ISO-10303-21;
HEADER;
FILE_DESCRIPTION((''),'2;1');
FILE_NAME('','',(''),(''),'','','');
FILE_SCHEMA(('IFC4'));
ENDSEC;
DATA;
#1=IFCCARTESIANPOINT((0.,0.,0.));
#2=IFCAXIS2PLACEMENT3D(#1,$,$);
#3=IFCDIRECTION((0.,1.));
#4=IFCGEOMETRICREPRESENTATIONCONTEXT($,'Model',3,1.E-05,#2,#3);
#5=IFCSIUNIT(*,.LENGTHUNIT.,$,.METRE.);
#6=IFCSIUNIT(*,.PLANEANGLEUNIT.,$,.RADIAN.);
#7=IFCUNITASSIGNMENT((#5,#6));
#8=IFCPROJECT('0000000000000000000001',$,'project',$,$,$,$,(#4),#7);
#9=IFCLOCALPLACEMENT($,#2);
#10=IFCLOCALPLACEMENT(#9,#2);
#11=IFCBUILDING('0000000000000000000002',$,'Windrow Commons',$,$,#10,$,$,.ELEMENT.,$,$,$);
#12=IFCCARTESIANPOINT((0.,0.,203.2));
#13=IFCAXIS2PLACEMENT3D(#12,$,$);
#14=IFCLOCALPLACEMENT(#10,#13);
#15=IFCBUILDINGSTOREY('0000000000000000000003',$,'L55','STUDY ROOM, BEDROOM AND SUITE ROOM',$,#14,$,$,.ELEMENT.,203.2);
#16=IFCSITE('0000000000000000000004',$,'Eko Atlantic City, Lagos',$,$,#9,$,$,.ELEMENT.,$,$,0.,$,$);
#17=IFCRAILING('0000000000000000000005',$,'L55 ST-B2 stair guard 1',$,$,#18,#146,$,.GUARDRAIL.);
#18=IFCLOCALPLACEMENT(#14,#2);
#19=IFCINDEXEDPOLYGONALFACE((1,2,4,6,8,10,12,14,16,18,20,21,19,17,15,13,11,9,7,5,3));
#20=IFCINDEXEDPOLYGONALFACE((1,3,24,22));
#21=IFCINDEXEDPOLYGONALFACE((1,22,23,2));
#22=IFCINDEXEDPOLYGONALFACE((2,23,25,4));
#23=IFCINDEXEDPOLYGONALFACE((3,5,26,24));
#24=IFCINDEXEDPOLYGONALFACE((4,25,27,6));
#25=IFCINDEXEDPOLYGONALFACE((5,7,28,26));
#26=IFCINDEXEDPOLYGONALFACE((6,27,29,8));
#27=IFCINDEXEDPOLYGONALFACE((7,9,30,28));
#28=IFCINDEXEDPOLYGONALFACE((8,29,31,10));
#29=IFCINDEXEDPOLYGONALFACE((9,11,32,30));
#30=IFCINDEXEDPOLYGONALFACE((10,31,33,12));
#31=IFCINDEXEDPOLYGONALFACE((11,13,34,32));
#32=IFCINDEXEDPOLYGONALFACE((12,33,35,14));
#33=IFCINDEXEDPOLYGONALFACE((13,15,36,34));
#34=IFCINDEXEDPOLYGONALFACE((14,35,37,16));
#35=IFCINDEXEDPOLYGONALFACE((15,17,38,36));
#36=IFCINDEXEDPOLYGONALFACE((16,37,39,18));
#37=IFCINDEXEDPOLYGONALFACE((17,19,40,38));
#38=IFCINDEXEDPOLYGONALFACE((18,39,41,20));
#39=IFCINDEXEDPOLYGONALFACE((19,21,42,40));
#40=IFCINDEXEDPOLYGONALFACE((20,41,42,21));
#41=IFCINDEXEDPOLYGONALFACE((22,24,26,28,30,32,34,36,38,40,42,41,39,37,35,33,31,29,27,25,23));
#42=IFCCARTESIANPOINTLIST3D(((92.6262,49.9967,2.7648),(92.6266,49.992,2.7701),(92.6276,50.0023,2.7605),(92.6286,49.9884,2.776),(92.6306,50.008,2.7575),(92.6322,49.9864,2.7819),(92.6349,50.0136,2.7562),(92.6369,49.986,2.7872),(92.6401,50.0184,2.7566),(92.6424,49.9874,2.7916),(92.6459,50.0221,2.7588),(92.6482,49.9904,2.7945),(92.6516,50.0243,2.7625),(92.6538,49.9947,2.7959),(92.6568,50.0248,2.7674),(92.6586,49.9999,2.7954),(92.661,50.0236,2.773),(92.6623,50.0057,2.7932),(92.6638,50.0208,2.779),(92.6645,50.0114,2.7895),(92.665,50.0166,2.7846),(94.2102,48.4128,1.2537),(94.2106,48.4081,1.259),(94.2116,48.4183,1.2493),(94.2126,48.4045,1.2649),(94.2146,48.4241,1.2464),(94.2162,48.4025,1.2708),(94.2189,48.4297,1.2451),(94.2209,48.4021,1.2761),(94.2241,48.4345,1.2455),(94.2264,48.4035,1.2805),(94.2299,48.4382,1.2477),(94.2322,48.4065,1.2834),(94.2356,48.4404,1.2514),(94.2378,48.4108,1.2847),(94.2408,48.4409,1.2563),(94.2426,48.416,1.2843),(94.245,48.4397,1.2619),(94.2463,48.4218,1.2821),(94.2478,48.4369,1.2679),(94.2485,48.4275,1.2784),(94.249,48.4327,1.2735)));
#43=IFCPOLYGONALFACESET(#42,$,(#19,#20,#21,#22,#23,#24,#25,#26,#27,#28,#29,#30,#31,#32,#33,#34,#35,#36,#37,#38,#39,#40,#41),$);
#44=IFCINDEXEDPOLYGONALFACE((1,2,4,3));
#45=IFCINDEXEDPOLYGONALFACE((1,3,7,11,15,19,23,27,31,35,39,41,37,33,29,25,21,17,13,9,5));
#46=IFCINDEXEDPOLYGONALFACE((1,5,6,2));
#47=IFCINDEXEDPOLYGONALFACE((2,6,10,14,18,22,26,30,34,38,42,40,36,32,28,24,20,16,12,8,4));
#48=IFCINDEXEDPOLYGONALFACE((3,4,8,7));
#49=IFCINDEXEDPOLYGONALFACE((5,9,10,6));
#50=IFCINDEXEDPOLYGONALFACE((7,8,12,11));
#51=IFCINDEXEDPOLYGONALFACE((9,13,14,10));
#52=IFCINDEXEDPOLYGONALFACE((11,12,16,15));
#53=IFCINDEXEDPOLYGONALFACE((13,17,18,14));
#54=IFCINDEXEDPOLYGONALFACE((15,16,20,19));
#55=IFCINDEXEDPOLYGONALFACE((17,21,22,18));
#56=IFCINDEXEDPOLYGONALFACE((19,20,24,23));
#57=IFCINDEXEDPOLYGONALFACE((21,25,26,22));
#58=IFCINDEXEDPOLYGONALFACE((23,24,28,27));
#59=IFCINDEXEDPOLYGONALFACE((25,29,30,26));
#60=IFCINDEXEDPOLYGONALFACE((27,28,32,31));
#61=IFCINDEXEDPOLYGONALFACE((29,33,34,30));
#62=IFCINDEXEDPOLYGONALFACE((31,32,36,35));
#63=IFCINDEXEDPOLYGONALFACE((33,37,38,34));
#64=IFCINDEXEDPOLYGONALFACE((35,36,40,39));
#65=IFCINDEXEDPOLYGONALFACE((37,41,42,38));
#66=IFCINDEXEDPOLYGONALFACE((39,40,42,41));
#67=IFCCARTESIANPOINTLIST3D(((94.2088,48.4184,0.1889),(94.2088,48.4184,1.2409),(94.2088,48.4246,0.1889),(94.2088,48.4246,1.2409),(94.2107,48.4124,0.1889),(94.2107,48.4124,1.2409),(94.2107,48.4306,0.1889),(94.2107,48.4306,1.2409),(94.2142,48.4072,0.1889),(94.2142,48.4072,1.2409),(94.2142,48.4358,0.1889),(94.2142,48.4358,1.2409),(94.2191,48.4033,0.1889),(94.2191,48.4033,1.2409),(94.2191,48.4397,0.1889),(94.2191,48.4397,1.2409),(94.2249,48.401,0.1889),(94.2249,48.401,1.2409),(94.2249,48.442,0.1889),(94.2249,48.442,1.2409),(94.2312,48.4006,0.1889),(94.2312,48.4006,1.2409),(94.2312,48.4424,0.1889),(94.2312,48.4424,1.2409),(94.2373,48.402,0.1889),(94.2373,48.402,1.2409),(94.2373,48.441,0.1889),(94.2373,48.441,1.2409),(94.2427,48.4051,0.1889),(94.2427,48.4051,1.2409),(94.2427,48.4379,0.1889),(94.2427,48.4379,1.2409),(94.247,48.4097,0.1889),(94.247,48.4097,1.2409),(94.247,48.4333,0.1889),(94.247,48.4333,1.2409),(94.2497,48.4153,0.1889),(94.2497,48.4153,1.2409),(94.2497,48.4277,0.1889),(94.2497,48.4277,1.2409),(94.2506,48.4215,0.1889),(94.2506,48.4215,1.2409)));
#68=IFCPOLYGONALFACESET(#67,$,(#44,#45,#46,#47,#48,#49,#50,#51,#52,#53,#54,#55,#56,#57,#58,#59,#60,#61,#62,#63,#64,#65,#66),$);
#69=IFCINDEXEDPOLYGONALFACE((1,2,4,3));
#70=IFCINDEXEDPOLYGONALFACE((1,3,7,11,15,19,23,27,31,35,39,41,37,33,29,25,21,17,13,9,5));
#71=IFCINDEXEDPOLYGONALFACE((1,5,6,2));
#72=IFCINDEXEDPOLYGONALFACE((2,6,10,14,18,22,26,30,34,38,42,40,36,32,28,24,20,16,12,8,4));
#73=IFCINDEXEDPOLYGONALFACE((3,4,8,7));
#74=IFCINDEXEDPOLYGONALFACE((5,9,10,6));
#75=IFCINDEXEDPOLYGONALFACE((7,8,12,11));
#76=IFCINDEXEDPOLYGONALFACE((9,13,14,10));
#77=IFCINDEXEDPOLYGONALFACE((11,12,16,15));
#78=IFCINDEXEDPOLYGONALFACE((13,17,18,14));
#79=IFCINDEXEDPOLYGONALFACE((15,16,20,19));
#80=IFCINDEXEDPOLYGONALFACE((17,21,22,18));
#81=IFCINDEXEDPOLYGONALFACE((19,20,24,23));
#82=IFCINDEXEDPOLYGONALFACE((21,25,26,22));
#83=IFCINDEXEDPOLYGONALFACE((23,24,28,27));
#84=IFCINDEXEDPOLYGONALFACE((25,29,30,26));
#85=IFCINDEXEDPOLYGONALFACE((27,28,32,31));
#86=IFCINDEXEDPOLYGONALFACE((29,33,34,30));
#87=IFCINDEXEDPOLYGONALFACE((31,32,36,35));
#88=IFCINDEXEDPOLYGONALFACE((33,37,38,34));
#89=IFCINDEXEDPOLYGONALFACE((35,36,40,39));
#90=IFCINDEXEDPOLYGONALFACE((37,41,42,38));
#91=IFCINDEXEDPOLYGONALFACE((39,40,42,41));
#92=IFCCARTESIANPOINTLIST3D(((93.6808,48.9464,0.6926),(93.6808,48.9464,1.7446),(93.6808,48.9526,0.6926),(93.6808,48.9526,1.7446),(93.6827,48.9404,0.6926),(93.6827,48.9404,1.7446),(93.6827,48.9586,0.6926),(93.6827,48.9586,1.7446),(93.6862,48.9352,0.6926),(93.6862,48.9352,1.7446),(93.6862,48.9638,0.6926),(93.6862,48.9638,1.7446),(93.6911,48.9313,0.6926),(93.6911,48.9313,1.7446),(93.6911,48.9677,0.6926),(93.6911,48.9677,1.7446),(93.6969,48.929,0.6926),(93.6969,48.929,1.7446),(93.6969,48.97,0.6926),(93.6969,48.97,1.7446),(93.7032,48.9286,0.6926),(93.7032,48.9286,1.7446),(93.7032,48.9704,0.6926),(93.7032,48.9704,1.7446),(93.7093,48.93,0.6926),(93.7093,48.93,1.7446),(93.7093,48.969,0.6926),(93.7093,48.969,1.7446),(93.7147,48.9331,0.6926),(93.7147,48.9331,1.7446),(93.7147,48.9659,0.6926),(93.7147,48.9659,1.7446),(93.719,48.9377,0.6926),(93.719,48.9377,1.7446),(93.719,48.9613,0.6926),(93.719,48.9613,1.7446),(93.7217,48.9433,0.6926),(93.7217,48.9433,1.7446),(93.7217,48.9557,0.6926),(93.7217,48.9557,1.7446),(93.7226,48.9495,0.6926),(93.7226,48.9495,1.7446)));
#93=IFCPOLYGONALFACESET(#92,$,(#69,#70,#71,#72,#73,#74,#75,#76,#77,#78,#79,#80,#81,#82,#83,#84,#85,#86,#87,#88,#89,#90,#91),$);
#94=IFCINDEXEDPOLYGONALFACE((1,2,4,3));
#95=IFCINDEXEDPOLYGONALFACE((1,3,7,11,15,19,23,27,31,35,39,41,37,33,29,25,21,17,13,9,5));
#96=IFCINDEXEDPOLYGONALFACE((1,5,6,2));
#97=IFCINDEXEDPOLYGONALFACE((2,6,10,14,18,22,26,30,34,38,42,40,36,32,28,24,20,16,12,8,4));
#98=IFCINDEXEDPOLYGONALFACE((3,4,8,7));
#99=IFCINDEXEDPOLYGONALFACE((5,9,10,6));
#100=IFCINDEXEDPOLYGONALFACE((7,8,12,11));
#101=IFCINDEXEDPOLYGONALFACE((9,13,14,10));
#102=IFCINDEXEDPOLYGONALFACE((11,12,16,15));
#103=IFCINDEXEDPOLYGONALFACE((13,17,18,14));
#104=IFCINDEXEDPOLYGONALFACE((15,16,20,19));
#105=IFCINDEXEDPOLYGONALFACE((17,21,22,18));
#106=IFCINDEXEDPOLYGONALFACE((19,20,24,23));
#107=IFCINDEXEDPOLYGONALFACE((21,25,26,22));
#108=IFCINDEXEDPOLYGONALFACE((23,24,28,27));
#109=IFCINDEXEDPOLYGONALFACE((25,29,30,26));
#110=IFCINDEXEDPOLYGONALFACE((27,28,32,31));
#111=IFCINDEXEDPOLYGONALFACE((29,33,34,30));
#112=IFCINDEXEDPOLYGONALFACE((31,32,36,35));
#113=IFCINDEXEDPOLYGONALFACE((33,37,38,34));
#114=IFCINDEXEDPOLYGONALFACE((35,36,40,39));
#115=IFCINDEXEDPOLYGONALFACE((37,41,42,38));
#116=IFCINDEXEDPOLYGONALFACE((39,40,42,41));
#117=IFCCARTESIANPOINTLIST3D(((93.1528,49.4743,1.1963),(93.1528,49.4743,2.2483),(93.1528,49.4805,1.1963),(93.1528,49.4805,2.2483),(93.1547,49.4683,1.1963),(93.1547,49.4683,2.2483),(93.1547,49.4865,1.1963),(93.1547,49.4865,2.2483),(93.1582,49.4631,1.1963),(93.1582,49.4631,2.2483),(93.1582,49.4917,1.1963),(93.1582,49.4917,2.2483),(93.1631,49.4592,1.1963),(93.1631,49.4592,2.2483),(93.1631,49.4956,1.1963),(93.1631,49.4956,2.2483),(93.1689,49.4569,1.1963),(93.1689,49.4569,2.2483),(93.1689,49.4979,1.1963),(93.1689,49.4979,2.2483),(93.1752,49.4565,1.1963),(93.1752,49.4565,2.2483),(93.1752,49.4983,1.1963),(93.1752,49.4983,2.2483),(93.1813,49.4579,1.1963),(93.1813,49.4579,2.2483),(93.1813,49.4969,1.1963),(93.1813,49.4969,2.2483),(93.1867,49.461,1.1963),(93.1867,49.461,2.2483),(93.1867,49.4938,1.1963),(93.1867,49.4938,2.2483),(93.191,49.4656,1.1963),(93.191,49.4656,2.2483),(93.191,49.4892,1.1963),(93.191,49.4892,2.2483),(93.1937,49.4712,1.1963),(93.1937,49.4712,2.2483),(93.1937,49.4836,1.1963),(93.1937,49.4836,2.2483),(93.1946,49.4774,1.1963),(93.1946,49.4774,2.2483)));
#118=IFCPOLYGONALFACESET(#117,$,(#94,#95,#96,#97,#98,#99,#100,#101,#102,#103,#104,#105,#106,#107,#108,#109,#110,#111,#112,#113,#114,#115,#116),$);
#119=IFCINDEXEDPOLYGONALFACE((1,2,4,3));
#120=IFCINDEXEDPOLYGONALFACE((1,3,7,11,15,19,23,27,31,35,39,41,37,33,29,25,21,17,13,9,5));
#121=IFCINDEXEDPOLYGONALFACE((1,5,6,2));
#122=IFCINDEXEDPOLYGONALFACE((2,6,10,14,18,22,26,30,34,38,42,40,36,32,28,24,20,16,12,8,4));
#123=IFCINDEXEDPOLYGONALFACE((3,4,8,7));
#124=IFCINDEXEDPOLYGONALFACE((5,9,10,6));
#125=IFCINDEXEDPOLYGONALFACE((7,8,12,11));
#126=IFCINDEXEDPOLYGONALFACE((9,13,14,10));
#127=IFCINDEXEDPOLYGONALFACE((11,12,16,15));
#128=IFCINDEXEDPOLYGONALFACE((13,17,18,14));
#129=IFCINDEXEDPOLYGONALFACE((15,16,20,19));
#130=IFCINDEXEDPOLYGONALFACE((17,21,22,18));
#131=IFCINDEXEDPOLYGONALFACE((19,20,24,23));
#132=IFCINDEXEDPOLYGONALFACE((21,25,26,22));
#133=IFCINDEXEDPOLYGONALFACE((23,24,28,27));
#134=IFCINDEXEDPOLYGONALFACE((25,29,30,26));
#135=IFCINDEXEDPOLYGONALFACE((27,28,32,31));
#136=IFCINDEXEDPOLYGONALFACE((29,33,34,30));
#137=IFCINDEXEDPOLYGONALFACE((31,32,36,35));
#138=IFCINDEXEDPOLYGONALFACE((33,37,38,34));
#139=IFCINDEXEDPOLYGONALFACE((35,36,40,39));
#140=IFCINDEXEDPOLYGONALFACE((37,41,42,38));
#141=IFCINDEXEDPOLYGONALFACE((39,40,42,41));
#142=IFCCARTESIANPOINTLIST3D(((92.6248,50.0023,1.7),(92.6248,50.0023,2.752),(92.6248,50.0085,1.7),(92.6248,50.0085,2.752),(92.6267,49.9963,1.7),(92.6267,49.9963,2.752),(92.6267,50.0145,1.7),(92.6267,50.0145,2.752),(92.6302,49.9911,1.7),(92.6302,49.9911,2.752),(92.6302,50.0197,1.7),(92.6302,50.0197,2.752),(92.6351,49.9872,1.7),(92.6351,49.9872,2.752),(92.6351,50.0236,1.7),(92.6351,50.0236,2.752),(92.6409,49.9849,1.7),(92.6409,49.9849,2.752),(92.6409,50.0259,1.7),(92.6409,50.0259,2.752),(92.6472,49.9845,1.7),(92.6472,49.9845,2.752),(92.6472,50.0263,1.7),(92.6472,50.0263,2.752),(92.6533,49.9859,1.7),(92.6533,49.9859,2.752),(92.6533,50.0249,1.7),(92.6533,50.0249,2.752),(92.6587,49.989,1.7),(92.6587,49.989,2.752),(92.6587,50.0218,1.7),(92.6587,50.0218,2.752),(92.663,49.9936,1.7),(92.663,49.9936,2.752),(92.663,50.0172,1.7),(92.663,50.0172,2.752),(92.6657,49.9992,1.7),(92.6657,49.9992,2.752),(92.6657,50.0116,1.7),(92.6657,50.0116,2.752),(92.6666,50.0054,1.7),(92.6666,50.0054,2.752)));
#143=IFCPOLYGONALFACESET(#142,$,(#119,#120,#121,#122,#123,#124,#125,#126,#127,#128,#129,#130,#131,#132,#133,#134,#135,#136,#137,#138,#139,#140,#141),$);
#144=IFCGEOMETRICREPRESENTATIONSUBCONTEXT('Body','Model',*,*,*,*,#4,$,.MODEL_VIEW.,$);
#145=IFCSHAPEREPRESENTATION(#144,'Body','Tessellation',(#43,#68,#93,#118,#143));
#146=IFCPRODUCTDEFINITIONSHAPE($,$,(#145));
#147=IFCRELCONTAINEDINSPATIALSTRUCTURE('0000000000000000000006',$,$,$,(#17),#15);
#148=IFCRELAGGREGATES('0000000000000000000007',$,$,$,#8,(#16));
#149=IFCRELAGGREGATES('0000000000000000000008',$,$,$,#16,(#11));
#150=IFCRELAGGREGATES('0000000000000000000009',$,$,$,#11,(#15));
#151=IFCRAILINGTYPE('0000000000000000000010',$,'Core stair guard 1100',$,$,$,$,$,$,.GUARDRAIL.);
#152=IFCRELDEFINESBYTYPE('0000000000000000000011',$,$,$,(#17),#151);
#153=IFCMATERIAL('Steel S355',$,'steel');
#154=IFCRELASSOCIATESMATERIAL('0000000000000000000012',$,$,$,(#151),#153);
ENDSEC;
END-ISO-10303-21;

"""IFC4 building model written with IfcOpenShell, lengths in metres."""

from ifc_helpers import new_model, si_unit, direction, frame, origin, origin_2d, place, context, subcontext, project, spatial, circle, extrude, material, type_object, element, save


model = new_model("IFC4")

# Units and contexts
model_context = context("Model", 3, precision=1e-05, world=origin(), true_north=direction((0.0, 1.0)))
body_context = subcontext(model_context, "Body", "Model", "MODEL_VIEW")
ifc_project = project(units=[si_unit("LENGTHUNIT", "METRE"), si_unit("PLANEANGLEUNIT", "RADIAN")], contexts=[model_context])

# Site, building, storey
site_placement = place(None, origin())
site = spatial("IfcSite", under=ifc_project, at=site_placement, Name="Eko Atlantic City, Lagos", CompositionType="ELEMENT", RefElevation=0.0)
building_placement = place(site_placement, origin())
building = spatial("IfcBuilding", under=site, at=building_placement, Name="Windrow Commons", CompositionType="ELEMENT")
storey_placement = place(building_placement, frame((0.0, 0.0, 203.2)))
storey = spatial("IfcBuildingStorey", under=building, at=storey_placement, Name="L55", Description="STUDY ROOM, BEDROOM AND SUITE ROOM", CompositionType="ELEMENT", Elevation=203.2)

# Railing
ifc_material_1 = material(Name="Steel S355", Category="steel")
railing_type_1 = type_object("IfcRailingType", Name="Core stair guard 1100", PredefinedType="GUARDRAIL", material=ifc_material_1)
railing_1_placement = place(storey_placement, frame((94.2296, 48.4215, 0.1889)))
element("IfcRailing", 1, at=railing_1_placement, inside=storey, type_object=railing_type_1, Name="L55 ST-B2 stair guard 1", PredefinedType="GUARDRAIL", context=body_context, shape_type="SweptSolid", body=[
    extrude(circle(Radius=0.024, at=origin_2d()), frame((0.0, 0.0, 1.076), z_axis=(-0.586216, 0.586179, 0.559237), x_axis=(-0.707084, -0.707129, 0.0)), (0.0, 0.0, 1.0), 2.7021),
    extrude(circle(Radius=0.021, at=origin_2d()), origin(), (0.0, 0.0, 1.0), 1.052),
    extrude(circle(Radius=0.021, at=origin_2d()), frame((-0.528, 0.528, 0.5037)), (0.0, 0.0, 1.0), 1.052),
    extrude(circle(Radius=0.021, at=origin_2d()), frame((-1.056, 1.0559, 1.0074)), (0.0, 0.0, 1.0), 1.052),
    extrude(circle(Radius=0.021, at=origin_2d()), frame((-1.584, 1.5839, 1.5111)), (0.0, 0.0, 1.0), 1.052),
])

save(model, "model.ifc")
